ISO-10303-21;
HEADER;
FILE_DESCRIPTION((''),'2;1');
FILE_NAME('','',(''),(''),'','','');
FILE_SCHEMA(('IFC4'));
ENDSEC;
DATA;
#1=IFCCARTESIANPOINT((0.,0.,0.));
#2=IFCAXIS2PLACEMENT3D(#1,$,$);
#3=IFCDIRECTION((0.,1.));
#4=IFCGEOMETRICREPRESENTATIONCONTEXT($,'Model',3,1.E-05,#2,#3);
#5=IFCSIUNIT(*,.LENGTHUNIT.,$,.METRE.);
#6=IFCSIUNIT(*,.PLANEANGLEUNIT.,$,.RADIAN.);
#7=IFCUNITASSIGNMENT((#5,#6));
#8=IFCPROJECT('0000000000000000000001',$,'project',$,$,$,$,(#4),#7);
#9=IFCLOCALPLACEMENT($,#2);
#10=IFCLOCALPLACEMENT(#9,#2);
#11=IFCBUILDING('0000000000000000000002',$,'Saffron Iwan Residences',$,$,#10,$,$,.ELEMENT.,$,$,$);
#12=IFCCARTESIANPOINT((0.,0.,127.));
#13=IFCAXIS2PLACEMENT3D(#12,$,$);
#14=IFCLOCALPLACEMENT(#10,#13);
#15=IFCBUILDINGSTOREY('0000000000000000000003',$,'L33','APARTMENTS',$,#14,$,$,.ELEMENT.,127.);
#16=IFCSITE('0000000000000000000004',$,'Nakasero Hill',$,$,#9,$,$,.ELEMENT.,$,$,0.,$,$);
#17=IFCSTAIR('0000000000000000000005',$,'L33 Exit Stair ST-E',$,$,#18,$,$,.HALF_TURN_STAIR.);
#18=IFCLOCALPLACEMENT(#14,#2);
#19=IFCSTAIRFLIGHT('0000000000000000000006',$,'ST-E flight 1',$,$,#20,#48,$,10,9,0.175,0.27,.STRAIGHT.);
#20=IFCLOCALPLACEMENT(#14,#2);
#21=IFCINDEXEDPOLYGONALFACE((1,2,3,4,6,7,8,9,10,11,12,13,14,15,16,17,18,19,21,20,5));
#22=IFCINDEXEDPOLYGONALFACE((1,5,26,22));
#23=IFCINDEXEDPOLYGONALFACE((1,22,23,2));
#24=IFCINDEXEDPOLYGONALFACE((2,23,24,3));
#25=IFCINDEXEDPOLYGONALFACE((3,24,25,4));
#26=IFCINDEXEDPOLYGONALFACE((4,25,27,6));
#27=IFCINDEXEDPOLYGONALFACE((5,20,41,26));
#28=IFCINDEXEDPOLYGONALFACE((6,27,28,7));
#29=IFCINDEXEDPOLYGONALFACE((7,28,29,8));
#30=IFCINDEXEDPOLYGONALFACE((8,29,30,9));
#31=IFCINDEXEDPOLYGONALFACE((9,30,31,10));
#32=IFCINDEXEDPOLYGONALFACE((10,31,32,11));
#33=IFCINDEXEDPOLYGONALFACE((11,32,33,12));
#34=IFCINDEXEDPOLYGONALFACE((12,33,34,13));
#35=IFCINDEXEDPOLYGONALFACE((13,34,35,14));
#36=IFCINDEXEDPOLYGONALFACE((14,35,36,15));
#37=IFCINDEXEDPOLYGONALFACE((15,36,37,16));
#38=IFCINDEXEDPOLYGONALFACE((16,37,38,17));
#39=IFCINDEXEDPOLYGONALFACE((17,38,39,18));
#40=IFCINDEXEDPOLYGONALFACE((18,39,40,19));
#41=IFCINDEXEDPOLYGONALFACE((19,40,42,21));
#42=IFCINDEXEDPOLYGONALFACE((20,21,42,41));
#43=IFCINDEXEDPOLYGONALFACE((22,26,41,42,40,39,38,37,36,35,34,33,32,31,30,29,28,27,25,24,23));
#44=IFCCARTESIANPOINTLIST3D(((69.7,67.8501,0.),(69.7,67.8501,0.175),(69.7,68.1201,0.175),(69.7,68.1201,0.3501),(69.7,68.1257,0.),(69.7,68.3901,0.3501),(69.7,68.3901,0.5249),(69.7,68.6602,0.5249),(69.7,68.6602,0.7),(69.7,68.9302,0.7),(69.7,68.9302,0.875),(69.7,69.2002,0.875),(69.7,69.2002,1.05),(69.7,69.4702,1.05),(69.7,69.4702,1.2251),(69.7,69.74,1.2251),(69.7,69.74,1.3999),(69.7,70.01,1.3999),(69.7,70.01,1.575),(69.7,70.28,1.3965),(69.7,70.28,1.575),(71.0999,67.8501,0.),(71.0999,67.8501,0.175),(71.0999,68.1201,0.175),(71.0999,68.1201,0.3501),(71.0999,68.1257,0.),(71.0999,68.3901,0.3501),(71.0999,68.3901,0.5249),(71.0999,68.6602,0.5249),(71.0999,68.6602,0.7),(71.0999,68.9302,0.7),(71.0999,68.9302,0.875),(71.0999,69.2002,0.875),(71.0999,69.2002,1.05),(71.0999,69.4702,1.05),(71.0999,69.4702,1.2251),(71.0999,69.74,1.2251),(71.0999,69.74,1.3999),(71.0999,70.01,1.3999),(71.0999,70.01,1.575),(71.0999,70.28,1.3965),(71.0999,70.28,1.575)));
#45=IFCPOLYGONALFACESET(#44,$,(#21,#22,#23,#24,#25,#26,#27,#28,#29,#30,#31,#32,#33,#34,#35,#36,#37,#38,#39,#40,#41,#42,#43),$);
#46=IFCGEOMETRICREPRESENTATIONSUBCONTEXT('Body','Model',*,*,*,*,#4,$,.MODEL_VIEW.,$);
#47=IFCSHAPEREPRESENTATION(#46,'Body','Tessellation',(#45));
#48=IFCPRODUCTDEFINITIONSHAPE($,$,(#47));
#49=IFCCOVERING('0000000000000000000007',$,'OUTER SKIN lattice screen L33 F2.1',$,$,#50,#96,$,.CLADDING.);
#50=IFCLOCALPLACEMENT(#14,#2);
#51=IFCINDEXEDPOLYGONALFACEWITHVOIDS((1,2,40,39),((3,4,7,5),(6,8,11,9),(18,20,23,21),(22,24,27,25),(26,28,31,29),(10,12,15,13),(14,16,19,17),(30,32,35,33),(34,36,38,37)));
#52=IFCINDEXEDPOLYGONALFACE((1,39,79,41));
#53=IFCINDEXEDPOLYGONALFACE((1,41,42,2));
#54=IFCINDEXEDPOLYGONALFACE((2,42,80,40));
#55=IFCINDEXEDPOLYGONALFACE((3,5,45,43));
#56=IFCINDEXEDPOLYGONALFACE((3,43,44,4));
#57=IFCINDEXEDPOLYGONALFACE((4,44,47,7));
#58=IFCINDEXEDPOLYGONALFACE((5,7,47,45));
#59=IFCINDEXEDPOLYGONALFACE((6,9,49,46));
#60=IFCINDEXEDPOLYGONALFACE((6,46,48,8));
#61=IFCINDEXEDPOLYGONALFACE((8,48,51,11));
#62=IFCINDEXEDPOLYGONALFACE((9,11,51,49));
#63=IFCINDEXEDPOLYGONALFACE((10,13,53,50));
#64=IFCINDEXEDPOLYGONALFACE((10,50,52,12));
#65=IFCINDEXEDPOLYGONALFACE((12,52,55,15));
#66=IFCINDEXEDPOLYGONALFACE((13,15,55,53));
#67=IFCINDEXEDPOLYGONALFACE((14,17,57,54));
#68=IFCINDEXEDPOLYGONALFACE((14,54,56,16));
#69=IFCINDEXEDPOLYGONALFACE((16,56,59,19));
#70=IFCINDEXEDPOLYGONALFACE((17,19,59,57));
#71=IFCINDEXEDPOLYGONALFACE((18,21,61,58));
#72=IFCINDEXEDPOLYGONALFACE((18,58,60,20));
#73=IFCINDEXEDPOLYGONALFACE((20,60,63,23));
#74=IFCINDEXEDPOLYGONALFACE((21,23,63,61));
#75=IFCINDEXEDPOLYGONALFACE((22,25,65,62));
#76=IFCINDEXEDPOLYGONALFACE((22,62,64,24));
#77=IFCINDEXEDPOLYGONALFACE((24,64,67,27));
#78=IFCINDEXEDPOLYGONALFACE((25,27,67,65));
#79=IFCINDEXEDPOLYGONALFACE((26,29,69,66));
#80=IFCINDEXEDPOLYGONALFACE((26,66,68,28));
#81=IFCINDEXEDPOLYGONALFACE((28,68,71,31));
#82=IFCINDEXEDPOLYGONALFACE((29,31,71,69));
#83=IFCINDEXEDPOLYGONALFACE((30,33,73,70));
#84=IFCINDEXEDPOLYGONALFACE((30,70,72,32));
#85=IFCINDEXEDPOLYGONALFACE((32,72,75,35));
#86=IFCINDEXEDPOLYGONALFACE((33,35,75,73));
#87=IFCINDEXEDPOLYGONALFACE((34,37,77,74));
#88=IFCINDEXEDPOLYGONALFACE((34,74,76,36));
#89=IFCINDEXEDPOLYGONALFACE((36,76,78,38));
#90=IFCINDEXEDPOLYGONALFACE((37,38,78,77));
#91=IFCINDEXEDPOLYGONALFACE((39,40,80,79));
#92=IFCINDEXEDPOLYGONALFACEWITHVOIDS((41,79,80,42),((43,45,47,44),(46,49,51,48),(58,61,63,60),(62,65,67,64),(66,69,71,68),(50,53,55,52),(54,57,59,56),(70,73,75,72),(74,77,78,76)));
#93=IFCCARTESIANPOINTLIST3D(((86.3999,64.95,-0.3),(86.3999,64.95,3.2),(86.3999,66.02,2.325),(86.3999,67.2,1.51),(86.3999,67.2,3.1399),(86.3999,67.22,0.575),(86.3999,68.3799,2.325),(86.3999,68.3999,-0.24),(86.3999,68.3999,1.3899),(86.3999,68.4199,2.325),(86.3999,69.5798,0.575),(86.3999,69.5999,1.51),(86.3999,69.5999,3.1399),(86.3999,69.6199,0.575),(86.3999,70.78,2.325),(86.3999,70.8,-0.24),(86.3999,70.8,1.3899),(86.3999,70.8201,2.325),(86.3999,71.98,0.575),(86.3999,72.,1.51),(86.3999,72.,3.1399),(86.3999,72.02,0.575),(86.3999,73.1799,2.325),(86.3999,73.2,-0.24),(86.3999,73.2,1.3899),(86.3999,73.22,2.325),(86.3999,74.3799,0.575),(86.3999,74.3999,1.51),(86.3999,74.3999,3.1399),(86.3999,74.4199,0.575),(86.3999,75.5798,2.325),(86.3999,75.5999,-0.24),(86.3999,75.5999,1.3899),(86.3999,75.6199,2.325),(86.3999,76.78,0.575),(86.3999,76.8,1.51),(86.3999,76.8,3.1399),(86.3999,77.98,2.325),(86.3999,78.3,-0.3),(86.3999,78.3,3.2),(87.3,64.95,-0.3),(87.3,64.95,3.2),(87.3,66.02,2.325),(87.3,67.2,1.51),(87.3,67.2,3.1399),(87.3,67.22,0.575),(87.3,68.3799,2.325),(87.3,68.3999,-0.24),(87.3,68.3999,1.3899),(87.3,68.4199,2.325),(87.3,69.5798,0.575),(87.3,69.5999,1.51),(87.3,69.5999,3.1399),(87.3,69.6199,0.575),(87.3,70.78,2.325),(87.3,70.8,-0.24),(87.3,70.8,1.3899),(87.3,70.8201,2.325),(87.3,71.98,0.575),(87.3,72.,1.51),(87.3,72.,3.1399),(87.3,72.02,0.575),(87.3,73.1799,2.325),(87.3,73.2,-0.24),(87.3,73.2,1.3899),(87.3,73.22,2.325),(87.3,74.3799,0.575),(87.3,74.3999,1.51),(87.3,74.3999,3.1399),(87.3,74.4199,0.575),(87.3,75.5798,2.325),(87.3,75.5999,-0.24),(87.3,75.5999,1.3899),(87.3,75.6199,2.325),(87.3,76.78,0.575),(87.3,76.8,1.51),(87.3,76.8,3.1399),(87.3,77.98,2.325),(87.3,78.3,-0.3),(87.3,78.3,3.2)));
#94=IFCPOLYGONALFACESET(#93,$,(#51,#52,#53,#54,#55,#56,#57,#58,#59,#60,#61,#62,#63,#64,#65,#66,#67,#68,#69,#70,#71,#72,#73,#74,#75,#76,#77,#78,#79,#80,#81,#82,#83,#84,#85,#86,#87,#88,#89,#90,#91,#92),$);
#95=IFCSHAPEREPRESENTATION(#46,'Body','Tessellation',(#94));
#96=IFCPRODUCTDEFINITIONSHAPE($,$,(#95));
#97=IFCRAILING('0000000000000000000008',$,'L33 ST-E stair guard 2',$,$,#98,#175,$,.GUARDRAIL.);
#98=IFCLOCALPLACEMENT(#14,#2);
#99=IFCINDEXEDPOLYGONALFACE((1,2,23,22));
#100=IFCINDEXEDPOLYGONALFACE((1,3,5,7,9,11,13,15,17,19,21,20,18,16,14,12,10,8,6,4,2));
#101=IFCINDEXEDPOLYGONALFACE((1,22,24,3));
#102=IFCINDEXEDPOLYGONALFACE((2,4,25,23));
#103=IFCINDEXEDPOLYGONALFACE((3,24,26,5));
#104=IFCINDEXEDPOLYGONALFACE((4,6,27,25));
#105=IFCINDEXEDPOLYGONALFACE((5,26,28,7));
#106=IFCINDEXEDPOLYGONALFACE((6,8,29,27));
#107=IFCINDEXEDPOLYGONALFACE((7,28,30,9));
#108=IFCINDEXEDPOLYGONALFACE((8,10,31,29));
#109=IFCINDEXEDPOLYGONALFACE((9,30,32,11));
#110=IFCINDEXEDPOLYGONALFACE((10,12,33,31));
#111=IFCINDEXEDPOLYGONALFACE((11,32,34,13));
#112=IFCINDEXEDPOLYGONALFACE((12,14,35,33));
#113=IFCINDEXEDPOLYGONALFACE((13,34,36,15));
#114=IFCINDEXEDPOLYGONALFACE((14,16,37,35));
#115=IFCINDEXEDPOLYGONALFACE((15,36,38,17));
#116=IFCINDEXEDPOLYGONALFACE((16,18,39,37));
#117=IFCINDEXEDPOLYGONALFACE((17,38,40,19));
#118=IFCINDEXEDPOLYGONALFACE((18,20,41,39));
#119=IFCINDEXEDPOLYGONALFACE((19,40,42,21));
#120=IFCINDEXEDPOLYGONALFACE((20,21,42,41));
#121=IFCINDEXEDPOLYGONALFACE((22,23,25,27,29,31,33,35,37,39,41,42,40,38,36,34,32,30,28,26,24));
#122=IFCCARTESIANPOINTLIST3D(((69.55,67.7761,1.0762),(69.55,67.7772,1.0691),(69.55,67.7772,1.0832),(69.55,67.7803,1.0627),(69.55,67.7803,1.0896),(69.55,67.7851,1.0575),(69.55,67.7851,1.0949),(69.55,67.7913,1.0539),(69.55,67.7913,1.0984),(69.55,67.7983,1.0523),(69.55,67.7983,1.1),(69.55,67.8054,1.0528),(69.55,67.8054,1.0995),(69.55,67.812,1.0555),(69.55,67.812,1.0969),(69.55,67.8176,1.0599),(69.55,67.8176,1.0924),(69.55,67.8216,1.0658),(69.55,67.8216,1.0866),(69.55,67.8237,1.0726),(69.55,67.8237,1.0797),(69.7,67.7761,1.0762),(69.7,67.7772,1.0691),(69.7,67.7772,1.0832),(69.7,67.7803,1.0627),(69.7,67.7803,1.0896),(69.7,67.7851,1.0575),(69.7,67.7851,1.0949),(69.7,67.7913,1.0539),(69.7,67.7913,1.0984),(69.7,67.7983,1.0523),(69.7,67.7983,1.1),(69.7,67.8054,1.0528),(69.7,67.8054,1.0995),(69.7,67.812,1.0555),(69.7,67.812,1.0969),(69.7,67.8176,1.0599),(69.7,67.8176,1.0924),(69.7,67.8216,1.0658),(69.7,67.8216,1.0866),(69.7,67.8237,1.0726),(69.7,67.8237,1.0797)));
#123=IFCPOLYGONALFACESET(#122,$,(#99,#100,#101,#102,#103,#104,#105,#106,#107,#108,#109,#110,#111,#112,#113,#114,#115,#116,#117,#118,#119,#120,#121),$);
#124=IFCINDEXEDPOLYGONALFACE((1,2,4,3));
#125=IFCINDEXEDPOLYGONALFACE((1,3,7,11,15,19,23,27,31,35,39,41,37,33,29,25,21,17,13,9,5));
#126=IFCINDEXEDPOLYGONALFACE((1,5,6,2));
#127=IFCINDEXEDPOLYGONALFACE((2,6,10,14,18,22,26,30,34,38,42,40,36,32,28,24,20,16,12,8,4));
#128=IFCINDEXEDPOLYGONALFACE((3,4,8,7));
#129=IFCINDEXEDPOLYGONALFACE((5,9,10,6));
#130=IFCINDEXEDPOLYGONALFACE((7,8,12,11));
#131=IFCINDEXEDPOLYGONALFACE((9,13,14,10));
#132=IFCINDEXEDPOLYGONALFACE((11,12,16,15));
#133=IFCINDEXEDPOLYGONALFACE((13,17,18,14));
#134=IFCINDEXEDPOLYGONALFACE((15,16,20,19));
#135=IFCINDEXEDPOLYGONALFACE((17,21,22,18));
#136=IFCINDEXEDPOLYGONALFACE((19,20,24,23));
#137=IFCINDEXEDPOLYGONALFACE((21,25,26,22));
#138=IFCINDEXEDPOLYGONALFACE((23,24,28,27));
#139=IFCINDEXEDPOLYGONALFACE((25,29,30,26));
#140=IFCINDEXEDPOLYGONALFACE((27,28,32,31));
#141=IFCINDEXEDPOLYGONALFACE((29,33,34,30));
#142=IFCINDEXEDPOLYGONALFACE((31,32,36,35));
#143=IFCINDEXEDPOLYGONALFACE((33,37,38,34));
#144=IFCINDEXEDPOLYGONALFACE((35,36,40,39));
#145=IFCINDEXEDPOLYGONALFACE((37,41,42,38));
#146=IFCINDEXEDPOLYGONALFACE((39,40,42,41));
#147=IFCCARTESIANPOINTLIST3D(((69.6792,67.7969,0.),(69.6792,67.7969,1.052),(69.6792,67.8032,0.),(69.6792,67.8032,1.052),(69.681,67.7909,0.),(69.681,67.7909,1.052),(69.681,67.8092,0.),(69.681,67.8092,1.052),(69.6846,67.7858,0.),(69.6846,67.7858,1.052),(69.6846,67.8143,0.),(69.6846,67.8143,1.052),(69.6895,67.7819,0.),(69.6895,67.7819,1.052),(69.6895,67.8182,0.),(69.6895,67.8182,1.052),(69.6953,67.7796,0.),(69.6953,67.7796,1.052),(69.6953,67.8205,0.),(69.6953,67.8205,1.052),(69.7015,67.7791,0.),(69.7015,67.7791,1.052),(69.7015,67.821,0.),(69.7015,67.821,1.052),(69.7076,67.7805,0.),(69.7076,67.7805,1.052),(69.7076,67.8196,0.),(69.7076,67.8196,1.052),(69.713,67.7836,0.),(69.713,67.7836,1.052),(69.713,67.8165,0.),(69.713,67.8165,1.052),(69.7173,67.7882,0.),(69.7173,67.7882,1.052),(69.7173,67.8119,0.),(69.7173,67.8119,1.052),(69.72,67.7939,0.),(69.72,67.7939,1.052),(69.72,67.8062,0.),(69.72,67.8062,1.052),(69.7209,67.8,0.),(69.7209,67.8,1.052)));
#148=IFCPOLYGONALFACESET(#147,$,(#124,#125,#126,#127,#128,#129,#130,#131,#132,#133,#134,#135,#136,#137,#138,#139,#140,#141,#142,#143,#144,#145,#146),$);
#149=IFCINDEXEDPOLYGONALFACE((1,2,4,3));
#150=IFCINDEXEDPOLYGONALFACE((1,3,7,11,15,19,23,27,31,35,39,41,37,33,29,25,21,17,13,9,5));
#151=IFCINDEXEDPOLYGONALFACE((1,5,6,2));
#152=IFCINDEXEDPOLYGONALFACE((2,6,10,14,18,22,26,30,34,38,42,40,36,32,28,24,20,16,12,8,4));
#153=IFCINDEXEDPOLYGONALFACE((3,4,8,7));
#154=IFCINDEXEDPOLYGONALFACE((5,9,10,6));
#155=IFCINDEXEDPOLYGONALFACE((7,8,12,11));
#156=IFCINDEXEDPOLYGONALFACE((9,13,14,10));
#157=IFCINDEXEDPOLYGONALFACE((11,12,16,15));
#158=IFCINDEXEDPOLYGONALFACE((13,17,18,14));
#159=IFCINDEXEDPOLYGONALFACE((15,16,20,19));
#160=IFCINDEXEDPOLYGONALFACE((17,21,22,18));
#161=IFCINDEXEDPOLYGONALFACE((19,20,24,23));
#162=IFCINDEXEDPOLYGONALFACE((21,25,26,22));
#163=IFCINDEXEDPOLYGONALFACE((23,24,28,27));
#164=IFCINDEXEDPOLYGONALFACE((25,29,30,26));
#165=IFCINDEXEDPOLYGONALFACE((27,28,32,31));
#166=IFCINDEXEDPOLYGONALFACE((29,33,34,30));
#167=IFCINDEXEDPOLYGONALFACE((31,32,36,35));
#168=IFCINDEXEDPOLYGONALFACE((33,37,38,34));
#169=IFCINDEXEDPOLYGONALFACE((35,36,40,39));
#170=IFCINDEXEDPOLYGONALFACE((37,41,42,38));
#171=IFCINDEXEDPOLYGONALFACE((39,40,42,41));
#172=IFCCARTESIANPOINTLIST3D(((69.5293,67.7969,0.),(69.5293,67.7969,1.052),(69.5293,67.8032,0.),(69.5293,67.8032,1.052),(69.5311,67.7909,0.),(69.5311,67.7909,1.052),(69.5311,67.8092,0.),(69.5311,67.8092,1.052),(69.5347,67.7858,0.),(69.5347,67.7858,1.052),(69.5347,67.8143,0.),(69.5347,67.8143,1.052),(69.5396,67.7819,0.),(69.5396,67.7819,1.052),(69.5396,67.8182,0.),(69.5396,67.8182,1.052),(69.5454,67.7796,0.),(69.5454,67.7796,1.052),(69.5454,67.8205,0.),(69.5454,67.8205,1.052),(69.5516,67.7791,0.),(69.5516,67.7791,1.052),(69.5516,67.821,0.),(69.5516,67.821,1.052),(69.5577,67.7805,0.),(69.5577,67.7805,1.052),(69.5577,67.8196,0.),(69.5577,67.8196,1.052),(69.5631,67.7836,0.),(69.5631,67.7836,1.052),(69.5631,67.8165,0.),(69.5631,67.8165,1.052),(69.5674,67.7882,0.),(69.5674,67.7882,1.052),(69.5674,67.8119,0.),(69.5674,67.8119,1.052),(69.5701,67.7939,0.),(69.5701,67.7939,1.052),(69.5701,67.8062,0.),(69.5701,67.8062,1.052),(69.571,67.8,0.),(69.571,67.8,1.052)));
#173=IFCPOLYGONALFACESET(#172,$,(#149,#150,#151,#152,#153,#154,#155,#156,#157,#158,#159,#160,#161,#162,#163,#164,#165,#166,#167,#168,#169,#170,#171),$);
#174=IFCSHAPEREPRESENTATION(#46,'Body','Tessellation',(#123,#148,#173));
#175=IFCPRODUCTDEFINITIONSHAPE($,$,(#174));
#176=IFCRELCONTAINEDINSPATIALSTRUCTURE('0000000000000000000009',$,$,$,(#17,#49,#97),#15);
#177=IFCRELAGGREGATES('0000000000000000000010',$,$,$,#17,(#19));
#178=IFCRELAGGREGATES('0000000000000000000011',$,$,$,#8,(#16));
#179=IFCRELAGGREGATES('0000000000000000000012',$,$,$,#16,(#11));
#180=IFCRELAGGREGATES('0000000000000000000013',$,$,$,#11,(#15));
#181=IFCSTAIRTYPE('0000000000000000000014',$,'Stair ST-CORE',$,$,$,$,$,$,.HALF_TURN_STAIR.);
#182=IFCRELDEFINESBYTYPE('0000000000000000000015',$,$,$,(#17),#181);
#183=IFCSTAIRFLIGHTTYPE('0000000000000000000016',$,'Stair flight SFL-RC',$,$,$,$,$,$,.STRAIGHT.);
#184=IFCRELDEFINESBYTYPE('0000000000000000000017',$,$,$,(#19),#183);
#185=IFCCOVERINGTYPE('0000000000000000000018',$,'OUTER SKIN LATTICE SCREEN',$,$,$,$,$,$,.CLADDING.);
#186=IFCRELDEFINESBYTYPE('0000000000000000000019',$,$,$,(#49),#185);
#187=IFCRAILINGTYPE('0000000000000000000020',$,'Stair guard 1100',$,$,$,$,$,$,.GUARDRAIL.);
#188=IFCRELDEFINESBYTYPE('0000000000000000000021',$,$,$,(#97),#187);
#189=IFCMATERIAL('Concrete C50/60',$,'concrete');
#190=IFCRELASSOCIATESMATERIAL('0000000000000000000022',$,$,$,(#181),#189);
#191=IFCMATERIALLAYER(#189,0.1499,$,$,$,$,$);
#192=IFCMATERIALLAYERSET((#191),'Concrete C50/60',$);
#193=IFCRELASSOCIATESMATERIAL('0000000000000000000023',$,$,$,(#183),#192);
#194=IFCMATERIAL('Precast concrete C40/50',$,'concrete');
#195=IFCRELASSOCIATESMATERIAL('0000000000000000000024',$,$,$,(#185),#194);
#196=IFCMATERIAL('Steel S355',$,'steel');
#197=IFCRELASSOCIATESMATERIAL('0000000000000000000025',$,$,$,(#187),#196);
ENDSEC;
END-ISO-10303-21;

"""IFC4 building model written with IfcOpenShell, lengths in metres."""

from ifc_helpers import new_model, si_unit, direction, frame, origin, origin_2d, place, context, subcontext, project, spatial, polyline, circle, outline, extrude, material, layer, layer_set, type_object, element, aggregate, save


model = new_model("IFC4")

# Units and contexts
model_context = context("Model", 3, precision=1e-05, world=origin(), true_north=direction((0.0, 1.0)))
body_context = subcontext(model_context, "Body", "Model", "MODEL_VIEW")
ifc_project = project(units=[si_unit("LENGTHUNIT", "METRE"), si_unit("PLANEANGLEUNIT", "RADIAN")], contexts=[model_context])

# Site, building, storey
site_placement = place(None, origin())
site = spatial("IfcSite", under=ifc_project, at=site_placement, Name="Nakasero Hill", CompositionType="ELEMENT", RefElevation=0.0)
building_placement = place(site_placement, origin())
building = spatial("IfcBuilding", under=site, at=building_placement, Name="Saffron Iwan Residences", CompositionType="ELEMENT")
storey_placement = place(building_placement, frame((0.0, 0.0, 127.0)))
storey = spatial("IfcBuildingStorey", under=building, at=storey_placement, Name="L33", Description="APARTMENTS", CompositionType="ELEMENT", Elevation=127.0)

# Shared definitions
ifc_material_1 = material(Name="Concrete C50/60", Category="concrete")

# Stair, stair flight
stair_type = type_object("IfcStairType", Name="Stair ST-CORE", PredefinedType="HALF_TURN_STAIR", material=ifc_material_1)
stair_placement = place(storey_placement, origin())
stair = element("IfcStair", 1, at=stair_placement, inside=storey, type_object=stair_type, Name="L33 Exit Stair ST-E", PredefinedType="HALF_TURN_STAIR")
ifc_layer_1 = layer(ifc_material_1, 0.1499)
ifc_layer_set_1 = layer_set([ifc_layer_1], Name="Concrete C50/60")
stair_flight_type = type_object("IfcStairFlightType", Name="Stair flight SFL-RC", PredefinedType="STRAIGHT", material=ifc_layer_set_1)
stair_flight_placement = place(storey_placement, frame((70.3999, 67.8501, 0.0), z_axis=(0.0, 0.0, 1.0), x_axis=(0.0, 1.0, 0.0)))
stair_flight = element("IfcStairFlight", 2, at=stair_flight_placement, type_object=stair_flight_type, Name="ST-E flight 1", NumberOfRisers=10, NumberOfTreads=9, PredefinedType="STRAIGHT", RiserHeight=0.175, TreadLength=0.27, context=body_context, shape_type="SweptSolid", body=[
    extrude(outline(polyline([(0.0, 0.0), (0.0, 0.175), (0.27, 0.175), (0.27, 0.3501), (0.54, 0.3501), (0.54, 0.5249), (0.8101, 0.5249), (0.8101, 0.7), (1.0801, 0.7), (1.0801, 0.875), (1.3501, 0.875), (1.3501, 1.05), (1.6201, 1.05), (1.6201, 1.2251), (1.8899, 1.2251), (1.8899, 1.3999), (2.1599, 1.3999), (2.1599, 1.575), (2.4299, 1.575), (2.4299, 1.75), (2.4299, 1.3965), (0.2756, 0.0), (0.0, 0.0)])), frame((0.0, 0.7, 0.0), z_axis=(0.0, -1.0, 0.0), x_axis=(1.0, 0.0, 0.0)), (0.0, 0.0, 1.0), 1.3999),
])
aggregate(stair, [stair_flight])

# Covering
ifc_material_2 = material(Name="Precast concrete C40/50", Category="concrete")
covering_type = type_object("IfcCoveringType", Name="OUTER SKIN LATTICE SCREEN", PredefinedType="CLADDING", material=ifc_material_2)
covering_placement = place(storey_placement, frame((86.3999, 64.95, -0.3), z_axis=(1.0, 0.0, 0.0), x_axis=(0.0, 1.0, 0.0)))
element("IfcCovering", 3, at=covering_placement, inside=storey, type_object=covering_type, Name="OUTER SKIN lattice screen L33 F2.1", PredefinedType="CLADDING", context=body_context, shape_type="SweptSolid", body=[
    extrude(outline(polyline([(0.0, 0.0), (13.3501, 0.0), (13.3501, 3.5), (0.0, 3.5), (0.0, 0.0)]), holes=[polyline([(2.27, 0.875), (3.45, 0.0601), (4.6299, 0.875), (3.45, 1.6899), (2.27, 0.875)]), polyline([(4.6699, 0.875), (5.8501, 0.0601), (7.03, 0.875), (5.8501, 1.6899), (4.6699, 0.875)]), polyline([(7.0701, 0.875), (8.25, 0.0601), (9.4299, 0.875), (8.25, 1.6899), (7.0701, 0.875)]), polyline([(9.47, 0.875), (10.6499, 0.0601), (11.8301, 0.875), (10.6499, 1.6899), (9.47, 0.875)]), polyline([(1.0701, 2.625), (2.25, 1.8101), (3.4299, 2.625), (2.25, 3.4399), (1.0701, 2.625)]), polyline([(3.47, 2.625), (4.6499, 1.8101), (5.8301, 2.625), (4.6499, 3.4399), (3.47, 2.625)]), polyline([(5.8701, 2.625), (7.05, 1.8101), (8.23, 2.625), (7.05, 3.4399), (5.8701, 2.625)]), polyline([(8.27, 2.625), (9.45, 1.8101), (10.6299, 2.625), (9.45, 3.4399), (8.27, 2.625)]), polyline([(10.6699, 2.625), (11.8501, 1.8101), (13.03, 2.625), (11.8501, 3.4399), (10.6699, 2.625)])]), origin(), (0.0, 0.0, 1.0), 0.9001),
])

# Railing
ifc_material_3 = material(Name="Steel S355", Category="steel")
railing_type_1 = type_object("IfcRailingType", Name="Stair guard 1100", PredefinedType="GUARDRAIL", material=ifc_material_3)
railing_1_placement = place(storey_placement, frame((69.7, 67.8, 0.0)))
element("IfcRailing", 4, at=railing_1_placement, inside=storey, type_object=railing_type_1, Name="L33 ST-E stair guard 2", PredefinedType="GUARDRAIL", context=body_context, shape_type="SweptSolid", body=[
    extrude(circle(Radius=0.0239, at=origin_2d()), frame((0.0, 0.0, 1.0762), z_axis=(-1.0, 0.0, 0.0), x_axis=(0.0, -1.0, 0.0)), (0.0, 0.0, 1.0), 0.1499),
    extrude(circle(Radius=0.021, at=origin_2d()), origin(), (0.0, 0.0, 1.0), 1.052),
    extrude(circle(Radius=0.021, at=origin_2d()), frame((-0.1499, 0.0, 0.0)), (0.0, 0.0, 1.0), 1.052),
])

save(model, "model.ifc")
